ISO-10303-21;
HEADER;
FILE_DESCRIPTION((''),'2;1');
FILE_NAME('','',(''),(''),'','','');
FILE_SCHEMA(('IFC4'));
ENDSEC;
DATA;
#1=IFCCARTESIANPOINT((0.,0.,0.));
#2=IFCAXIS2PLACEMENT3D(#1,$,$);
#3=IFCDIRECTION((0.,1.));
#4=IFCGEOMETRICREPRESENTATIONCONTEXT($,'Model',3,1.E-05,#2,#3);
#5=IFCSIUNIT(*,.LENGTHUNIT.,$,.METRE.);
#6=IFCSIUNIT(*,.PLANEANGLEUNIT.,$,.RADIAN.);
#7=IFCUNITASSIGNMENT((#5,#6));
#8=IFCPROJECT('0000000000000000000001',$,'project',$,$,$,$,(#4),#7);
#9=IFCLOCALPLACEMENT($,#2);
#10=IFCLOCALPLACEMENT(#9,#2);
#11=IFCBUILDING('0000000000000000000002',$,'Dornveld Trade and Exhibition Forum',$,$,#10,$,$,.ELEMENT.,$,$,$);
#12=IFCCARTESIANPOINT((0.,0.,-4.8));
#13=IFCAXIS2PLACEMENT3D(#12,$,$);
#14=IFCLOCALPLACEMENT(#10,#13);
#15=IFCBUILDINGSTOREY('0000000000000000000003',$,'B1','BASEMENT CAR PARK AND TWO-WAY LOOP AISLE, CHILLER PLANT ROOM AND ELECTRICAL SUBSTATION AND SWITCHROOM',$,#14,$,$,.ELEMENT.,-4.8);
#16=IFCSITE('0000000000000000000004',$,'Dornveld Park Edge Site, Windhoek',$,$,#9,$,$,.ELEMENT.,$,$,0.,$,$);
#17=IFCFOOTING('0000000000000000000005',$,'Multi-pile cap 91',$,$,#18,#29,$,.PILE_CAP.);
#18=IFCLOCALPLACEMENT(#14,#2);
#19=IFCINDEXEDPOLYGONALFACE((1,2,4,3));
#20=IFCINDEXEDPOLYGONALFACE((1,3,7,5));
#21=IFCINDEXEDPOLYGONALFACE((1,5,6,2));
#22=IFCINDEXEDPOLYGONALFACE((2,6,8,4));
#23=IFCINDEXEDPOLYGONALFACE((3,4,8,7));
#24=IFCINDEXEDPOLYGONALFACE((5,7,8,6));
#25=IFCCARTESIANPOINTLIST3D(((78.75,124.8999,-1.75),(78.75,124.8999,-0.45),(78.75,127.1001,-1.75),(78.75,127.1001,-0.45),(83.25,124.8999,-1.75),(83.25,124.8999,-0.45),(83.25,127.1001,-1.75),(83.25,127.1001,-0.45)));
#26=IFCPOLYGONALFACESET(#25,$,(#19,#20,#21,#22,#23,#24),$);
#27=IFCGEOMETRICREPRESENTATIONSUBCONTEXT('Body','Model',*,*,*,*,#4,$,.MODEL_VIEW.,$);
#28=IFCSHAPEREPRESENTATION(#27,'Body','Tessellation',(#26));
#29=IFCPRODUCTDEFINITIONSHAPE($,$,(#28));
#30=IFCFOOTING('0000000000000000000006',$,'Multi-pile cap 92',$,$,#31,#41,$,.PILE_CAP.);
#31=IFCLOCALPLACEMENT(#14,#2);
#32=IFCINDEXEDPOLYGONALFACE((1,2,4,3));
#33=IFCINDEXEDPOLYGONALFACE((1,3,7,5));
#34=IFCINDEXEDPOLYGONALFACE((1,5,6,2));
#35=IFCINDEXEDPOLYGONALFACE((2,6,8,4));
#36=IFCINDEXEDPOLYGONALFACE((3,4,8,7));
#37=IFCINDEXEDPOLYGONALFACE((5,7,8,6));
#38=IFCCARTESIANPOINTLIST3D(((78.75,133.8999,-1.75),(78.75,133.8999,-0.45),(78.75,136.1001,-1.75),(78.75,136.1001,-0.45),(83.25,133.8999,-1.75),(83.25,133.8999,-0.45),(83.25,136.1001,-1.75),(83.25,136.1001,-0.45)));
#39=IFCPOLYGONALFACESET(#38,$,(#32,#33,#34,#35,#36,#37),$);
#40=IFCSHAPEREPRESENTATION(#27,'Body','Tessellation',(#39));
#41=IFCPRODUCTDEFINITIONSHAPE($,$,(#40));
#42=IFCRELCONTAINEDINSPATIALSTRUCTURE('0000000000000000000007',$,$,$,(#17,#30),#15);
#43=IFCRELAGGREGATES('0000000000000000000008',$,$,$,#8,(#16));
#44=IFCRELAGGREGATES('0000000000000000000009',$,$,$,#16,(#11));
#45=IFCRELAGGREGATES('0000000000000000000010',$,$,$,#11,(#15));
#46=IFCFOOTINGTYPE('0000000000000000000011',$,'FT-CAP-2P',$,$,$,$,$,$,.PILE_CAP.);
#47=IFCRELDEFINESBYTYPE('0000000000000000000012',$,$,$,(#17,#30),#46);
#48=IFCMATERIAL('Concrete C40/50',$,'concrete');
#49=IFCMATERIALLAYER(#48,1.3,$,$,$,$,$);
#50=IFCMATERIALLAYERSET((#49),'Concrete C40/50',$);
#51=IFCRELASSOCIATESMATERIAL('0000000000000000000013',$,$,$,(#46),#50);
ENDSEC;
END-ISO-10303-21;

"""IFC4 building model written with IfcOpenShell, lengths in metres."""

from ifc_helpers import new_model, si_unit, direction, frame, origin, place, context, subcontext, project, spatial, polyline, outline, extrude, material, layer, layer_set, type_object, element, save


model = new_model("IFC4")

# Units and contexts
model_context = context("Model", 3, precision=1e-05, world=origin(), true_north=direction((0.0, 1.0)))
body_context = subcontext(model_context, "Body", "Model", "MODEL_VIEW")
ifc_project = project(units=[si_unit("LENGTHUNIT", "METRE"), si_unit("PLANEANGLEUNIT", "RADIAN")], contexts=[model_context])

# Site, building, storey
site_placement = place(None, origin())
site = spatial("IfcSite", under=ifc_project, at=site_placement, Name="Dornveld Park Edge Site, Windhoek", CompositionType="ELEMENT", RefElevation=0.0)
building_placement = place(site_placement, origin())
building = spatial("IfcBuilding", under=site, at=building_placement, Name="Dornveld Trade and Exhibition Forum", CompositionType="ELEMENT")
storey_placement = place(building_placement, frame((0.0, 0.0, -4.8)))
storey = spatial("IfcBuildingStorey", under=building, at=storey_placement, Name="B1", Description="BASEMENT CAR PARK AND TWO-WAY LOOP AISLE, CHILLER PLANT ROOM AND ELECTRICAL SUBSTATION AND SWITCHROOM", CompositionType="ELEMENT", Elevation=-4.8)

# Footings
ifc_material = material(Name="Concrete C40/50", Category="concrete")
ifc_layer = layer(ifc_material, 1.3)
ifc_layer_set = layer_set([ifc_layer], Name="Concrete C40/50")
footing_type = type_object("IfcFootingType", Name="FT-CAP-2P", PredefinedType="PILE_CAP", material=ifc_layer_set)
footing_1_placement = place(storey_placement, frame((0.0, 0.0, -1.75)))
element("IfcFooting", 1, at=footing_1_placement, inside=storey, type_object=footing_type, Name="Multi-pile cap 91", PredefinedType="PILE_CAP", context=body_context, shape_type="SweptSolid", body=[
    extrude(outline(polyline([(78.75, 124.8999), (83.25, 124.8999), (83.25, 127.1001), (78.75, 127.1001), (78.75, 124.8999)])), origin(), (0.0, 0.0, 1.0), 1.3),
])
footing_2_placement = place(storey_placement, frame((0.0, 0.0, -1.75)))
element("IfcFooting", 2, at=footing_2_placement, inside=storey, type_object=footing_type, Name="Multi-pile cap 92", PredefinedType="PILE_CAP", context=body_context, shape_type="SweptSolid", body=[
    extrude(outline(polyline([(78.75, 133.8999), (83.25, 133.8999), (83.25, 136.1001), (78.75, 136.1001), (78.75, 133.8999)])), origin(), (0.0, 0.0, 1.0), 1.3),
])

save(model, "model.ifc")
